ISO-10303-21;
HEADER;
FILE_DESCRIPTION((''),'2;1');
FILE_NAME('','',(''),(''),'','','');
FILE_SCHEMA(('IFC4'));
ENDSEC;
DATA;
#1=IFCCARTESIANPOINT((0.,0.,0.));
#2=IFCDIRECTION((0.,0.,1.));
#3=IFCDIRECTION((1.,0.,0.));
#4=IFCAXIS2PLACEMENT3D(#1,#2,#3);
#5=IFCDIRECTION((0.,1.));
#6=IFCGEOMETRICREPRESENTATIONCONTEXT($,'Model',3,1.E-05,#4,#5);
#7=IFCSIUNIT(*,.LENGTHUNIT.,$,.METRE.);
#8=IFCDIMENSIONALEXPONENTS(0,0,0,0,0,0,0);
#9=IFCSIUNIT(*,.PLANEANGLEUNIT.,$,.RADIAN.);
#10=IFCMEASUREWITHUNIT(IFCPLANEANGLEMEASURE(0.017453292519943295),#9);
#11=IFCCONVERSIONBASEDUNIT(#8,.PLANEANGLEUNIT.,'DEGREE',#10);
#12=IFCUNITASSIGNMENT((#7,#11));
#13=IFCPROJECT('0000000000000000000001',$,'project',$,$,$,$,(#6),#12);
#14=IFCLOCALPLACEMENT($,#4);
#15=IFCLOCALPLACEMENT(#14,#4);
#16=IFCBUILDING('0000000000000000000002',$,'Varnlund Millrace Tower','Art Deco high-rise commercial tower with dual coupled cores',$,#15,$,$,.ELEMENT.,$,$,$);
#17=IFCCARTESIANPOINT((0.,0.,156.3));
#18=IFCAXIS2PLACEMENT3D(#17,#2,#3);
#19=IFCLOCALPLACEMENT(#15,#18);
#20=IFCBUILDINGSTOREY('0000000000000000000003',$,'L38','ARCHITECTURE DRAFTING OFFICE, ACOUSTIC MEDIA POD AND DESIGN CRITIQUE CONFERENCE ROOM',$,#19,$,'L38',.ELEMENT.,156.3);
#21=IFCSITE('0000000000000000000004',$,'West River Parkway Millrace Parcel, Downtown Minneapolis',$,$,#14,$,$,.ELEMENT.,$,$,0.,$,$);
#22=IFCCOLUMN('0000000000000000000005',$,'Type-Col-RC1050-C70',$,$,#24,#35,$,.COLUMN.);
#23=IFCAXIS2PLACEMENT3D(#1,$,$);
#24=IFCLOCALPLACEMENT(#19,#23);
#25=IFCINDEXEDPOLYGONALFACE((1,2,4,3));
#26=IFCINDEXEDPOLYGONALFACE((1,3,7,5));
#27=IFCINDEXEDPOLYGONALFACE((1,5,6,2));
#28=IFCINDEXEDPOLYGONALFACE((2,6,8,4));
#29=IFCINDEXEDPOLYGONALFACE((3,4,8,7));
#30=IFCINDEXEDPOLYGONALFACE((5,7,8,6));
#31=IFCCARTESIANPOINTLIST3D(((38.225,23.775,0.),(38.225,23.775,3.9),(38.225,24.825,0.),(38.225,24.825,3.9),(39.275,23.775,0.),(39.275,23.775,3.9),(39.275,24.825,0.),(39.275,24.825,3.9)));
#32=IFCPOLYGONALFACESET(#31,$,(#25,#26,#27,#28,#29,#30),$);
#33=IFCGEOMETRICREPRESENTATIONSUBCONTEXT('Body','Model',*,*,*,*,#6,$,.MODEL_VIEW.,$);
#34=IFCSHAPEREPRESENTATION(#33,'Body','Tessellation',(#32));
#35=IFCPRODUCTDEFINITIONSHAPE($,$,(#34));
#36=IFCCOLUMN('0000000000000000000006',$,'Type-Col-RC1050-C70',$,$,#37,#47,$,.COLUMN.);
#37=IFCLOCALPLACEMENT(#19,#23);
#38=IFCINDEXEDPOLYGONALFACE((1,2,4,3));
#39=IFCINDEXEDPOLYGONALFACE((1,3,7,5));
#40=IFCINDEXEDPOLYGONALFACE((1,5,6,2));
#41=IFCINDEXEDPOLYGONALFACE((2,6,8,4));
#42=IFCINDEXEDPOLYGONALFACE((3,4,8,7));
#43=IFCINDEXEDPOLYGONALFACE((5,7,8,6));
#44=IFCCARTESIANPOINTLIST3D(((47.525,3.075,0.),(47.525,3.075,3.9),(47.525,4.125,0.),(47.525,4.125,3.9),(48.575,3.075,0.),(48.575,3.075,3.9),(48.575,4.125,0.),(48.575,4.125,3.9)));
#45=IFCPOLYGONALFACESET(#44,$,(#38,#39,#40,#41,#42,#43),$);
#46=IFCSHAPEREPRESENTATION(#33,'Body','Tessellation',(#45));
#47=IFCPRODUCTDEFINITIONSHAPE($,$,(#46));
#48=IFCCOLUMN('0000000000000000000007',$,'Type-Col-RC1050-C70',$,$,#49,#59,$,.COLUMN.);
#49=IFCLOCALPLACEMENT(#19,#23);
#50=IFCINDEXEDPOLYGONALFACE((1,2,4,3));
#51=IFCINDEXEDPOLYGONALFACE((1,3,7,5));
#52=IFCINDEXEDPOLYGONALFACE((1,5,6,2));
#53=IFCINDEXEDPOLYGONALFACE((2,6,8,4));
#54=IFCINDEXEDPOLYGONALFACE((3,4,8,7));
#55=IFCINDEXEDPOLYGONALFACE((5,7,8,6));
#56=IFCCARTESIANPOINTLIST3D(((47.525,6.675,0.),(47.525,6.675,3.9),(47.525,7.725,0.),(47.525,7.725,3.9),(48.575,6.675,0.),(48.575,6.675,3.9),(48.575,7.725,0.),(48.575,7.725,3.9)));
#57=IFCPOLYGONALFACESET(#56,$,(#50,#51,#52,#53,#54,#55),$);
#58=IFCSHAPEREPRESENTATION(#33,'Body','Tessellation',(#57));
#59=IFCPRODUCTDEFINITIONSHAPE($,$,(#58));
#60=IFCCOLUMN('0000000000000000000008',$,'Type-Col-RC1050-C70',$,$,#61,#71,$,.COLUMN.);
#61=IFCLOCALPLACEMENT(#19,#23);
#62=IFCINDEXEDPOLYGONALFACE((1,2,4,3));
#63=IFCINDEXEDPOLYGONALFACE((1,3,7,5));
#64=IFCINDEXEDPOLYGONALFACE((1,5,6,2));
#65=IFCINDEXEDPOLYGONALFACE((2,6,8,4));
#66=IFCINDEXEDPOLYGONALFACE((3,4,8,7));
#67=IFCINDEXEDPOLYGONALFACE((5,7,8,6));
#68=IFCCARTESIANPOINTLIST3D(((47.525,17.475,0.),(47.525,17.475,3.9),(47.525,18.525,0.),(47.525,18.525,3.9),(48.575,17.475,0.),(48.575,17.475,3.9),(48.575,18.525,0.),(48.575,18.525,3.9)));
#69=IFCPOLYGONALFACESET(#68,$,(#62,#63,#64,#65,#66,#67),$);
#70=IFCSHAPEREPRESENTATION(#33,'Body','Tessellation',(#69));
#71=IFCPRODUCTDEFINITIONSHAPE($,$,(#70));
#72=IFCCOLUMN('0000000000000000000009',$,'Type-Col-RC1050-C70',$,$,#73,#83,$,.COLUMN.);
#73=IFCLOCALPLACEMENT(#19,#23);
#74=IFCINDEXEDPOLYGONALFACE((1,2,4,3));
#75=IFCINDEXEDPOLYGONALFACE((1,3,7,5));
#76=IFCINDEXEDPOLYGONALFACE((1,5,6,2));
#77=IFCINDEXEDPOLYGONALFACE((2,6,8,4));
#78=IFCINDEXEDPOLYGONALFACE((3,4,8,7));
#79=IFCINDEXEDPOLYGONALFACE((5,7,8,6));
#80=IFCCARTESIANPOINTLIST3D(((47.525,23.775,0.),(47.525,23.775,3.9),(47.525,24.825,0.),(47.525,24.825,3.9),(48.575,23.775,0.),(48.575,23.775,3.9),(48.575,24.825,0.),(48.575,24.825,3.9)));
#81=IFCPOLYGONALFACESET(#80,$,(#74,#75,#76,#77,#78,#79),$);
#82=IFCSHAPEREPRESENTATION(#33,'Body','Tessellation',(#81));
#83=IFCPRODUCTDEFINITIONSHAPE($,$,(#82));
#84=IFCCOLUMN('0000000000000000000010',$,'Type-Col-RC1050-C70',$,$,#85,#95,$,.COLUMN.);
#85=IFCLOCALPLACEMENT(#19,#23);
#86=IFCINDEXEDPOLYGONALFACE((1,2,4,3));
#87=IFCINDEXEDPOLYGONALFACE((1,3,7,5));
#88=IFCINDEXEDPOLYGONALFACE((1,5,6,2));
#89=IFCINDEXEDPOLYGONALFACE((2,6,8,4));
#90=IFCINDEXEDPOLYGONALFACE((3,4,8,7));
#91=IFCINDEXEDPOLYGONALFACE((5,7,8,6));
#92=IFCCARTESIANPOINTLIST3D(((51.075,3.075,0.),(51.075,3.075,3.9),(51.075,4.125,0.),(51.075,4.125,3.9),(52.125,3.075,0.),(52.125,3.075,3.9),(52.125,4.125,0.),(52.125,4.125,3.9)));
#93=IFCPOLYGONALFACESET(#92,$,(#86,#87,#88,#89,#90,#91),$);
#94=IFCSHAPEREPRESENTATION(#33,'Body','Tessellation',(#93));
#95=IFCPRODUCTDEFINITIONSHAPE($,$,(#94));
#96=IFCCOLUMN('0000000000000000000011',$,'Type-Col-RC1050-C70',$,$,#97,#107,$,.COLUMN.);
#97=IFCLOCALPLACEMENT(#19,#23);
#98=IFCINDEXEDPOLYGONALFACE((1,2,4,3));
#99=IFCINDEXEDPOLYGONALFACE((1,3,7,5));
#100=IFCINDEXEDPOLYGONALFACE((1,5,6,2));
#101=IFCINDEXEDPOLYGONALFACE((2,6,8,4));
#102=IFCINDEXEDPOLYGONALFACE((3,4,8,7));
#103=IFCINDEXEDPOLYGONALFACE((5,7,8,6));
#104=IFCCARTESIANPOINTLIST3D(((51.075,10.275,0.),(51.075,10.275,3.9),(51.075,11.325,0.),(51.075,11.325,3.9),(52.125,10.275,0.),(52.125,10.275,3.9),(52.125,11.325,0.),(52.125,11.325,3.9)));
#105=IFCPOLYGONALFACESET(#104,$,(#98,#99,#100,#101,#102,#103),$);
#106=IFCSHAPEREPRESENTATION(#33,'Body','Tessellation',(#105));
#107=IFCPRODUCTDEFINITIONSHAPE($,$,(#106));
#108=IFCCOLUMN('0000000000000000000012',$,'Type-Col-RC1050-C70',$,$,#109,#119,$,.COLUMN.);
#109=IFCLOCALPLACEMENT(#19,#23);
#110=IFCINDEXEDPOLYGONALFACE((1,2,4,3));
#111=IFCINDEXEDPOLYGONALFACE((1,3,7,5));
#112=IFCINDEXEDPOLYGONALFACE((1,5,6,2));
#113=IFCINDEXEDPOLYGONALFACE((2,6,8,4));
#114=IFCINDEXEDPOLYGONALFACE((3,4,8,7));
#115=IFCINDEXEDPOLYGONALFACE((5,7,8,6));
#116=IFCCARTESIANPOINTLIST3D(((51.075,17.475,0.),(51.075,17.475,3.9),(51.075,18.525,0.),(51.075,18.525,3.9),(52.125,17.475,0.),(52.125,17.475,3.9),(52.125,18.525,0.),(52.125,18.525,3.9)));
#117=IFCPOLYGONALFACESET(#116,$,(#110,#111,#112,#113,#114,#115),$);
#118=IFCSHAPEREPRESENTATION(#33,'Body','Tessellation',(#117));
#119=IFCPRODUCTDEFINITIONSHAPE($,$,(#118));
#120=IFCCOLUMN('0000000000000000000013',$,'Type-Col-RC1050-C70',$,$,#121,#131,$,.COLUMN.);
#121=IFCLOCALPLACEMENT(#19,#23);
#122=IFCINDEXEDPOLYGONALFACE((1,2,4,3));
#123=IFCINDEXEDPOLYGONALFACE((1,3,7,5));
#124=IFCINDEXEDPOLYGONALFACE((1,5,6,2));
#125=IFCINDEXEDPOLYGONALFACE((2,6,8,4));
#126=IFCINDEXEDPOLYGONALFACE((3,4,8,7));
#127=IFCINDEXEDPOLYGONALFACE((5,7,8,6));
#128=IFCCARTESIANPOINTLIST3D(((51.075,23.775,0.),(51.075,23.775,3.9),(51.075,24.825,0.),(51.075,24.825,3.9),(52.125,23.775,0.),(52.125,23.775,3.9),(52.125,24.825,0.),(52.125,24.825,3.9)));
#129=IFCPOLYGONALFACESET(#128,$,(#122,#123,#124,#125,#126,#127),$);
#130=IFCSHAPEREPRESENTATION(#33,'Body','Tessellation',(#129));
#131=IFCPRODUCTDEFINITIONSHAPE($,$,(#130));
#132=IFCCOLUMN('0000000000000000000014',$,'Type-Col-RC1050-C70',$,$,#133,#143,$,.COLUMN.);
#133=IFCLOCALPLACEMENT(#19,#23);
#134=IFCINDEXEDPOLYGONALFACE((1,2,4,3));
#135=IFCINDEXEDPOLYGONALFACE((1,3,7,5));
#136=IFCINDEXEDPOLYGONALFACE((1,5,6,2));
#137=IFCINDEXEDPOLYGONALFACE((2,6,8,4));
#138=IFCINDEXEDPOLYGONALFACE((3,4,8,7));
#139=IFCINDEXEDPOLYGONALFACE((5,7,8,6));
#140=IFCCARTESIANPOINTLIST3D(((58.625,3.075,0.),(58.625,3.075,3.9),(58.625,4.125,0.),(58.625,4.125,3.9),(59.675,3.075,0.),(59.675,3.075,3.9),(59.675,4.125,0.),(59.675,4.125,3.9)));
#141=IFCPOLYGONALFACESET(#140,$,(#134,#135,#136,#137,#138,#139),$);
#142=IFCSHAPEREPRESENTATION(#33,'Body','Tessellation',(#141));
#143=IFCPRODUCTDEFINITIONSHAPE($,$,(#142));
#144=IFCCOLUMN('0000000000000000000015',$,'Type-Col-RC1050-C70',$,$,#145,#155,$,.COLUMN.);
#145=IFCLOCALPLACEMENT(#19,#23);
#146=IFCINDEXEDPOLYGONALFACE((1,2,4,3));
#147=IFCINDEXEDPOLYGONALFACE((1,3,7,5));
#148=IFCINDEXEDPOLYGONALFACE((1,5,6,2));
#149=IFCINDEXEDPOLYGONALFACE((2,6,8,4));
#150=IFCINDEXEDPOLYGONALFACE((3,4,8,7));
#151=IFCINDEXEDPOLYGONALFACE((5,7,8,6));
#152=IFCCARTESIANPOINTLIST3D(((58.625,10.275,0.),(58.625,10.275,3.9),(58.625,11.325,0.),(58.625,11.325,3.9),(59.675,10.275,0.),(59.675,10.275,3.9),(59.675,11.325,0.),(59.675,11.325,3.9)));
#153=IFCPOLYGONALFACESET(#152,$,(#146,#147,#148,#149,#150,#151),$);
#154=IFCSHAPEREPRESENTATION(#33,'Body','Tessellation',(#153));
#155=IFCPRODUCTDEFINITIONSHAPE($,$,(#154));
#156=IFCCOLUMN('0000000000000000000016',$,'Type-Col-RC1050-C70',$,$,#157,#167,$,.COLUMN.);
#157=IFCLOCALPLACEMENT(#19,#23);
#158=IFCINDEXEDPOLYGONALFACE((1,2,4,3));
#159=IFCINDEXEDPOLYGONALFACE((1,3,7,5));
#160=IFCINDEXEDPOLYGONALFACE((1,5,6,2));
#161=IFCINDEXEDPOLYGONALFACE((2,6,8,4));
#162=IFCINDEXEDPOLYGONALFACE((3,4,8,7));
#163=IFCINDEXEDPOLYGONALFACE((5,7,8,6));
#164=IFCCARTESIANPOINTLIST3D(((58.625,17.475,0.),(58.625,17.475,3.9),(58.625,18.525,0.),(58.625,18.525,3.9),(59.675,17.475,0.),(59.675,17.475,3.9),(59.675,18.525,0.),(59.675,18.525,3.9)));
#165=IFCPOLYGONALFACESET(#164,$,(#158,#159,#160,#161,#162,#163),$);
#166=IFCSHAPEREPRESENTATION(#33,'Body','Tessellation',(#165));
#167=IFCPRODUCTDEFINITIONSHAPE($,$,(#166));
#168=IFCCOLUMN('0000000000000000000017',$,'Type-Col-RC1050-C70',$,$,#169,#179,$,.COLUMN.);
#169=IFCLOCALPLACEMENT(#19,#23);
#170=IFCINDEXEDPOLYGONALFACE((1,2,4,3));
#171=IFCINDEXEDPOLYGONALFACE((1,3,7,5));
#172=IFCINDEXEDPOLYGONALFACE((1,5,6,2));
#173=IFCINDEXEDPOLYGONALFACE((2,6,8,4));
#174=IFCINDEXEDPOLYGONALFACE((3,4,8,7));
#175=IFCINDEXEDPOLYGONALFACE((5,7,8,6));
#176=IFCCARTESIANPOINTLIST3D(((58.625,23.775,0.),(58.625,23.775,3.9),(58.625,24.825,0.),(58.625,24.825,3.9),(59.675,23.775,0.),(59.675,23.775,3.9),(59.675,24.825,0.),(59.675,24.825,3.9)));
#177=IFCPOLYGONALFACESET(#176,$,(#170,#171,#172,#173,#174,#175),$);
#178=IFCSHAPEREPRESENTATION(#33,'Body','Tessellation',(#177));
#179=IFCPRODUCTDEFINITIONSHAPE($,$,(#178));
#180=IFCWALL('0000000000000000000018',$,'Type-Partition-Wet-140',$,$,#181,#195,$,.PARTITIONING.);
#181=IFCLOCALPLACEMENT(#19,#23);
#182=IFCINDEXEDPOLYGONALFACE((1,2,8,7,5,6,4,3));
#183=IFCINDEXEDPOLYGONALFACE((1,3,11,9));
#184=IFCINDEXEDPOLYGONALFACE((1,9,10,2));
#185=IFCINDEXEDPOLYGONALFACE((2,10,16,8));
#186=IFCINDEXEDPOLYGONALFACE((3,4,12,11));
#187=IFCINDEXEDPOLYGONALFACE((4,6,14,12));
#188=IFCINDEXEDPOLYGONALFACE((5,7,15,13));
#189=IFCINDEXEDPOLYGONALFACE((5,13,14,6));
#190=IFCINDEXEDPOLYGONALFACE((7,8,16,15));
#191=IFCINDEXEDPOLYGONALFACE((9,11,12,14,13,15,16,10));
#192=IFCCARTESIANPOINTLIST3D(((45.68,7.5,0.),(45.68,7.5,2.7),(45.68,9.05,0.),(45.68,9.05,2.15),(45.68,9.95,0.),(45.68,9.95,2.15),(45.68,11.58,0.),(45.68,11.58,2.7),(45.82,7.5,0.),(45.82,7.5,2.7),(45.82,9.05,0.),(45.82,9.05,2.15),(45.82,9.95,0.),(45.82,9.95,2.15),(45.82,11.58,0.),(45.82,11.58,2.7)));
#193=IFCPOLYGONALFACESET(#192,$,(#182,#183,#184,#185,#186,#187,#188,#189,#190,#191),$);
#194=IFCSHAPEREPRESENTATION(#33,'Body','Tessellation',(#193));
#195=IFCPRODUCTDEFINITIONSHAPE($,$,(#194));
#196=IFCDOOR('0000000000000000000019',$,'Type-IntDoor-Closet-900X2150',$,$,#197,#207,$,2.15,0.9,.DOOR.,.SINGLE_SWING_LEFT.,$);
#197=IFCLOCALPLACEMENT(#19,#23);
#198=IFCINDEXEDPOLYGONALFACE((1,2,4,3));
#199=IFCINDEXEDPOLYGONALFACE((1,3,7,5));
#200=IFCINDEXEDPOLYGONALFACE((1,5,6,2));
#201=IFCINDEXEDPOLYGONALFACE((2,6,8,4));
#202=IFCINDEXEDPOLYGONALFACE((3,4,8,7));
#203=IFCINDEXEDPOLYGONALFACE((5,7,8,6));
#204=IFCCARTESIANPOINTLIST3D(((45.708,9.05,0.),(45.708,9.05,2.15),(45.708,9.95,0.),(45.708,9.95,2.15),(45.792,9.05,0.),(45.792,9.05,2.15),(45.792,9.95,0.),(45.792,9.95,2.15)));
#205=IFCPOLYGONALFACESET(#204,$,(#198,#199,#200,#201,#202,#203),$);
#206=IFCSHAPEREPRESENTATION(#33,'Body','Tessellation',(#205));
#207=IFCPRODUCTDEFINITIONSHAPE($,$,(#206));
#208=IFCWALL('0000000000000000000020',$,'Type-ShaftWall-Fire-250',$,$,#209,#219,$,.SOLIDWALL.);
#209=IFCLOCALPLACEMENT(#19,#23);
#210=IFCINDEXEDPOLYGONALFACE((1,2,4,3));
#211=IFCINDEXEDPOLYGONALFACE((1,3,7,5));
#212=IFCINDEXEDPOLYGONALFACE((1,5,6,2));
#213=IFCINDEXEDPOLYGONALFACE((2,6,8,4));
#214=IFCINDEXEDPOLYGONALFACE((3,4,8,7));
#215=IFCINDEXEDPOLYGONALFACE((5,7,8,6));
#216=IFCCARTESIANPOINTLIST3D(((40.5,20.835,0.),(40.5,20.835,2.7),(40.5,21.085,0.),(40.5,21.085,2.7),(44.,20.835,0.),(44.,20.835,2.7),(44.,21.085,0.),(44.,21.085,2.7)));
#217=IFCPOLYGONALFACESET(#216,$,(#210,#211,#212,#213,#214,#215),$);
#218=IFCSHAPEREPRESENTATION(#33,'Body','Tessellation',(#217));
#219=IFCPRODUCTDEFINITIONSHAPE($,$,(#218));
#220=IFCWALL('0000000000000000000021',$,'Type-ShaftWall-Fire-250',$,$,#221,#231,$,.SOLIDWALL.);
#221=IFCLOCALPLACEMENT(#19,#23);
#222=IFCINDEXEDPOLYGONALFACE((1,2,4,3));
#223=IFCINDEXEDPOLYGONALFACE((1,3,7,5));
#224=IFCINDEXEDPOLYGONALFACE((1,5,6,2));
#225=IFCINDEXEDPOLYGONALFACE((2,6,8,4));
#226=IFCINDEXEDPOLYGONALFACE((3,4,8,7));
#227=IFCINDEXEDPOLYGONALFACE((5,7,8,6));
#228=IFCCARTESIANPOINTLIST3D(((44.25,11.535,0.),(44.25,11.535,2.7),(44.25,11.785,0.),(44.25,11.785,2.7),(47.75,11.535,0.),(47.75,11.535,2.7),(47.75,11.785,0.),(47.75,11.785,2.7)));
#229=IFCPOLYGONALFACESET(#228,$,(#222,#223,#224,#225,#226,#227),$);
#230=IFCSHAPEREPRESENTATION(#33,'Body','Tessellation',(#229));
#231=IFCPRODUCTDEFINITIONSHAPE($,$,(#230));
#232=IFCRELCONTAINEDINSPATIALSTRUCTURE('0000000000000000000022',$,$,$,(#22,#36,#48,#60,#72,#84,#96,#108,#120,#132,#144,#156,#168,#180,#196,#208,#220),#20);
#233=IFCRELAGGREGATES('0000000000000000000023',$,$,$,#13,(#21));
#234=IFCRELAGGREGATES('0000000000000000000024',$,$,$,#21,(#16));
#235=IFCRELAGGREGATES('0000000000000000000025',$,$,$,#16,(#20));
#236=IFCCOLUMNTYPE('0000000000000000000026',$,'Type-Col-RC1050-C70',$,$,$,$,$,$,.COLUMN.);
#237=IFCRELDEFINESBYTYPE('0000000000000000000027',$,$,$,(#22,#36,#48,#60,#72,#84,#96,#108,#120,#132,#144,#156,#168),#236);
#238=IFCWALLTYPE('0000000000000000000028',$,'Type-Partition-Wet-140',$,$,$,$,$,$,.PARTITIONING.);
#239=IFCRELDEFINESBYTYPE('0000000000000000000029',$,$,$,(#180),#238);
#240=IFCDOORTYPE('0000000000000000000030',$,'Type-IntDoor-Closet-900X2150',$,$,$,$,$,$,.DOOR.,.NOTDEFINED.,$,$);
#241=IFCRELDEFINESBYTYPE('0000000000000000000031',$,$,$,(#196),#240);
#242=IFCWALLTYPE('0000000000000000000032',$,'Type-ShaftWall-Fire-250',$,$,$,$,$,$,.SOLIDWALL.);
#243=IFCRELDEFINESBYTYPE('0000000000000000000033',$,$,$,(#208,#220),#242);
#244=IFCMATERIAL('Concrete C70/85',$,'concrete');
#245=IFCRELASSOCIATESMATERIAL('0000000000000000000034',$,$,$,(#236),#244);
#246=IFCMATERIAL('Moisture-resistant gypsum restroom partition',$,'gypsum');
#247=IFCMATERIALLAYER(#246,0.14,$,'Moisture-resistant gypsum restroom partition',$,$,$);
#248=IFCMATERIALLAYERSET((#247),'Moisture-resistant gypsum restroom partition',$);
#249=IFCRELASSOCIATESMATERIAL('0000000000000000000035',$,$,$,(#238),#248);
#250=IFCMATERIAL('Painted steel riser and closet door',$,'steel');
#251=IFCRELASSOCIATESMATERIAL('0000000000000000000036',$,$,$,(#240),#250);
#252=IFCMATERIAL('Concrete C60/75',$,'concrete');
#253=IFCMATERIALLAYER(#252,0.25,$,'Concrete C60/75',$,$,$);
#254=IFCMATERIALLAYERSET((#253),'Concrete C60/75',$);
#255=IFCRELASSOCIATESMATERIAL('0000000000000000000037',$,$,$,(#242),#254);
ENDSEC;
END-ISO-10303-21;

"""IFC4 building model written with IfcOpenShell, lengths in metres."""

from ifc_helpers import new_model, entity, si_unit, converted_unit, direction, frame, origin_with_axes, origin_2d_with_axis, place, context, subcontext, project, spatial, polyline, rectangle, outline, extrude, material, layer, layer_set, material_profile, profile_set, type_object, element, fill, save


model = new_model("IFC4")

# Units and contexts
model_context = context("Model", 3, precision=1e-05, world=origin_with_axes(), true_north=direction((0.0, 1.0)))
body_context = subcontext(model_context, "Body", "Model", "MODEL_VIEW")
ifc_project = project(units=[si_unit("LENGTHUNIT", "METRE"), converted_unit("PLANEANGLEUNIT", "DEGREE", entity("IfcPlaneAngleMeasure", 0.017453292519943295), si_unit("PLANEANGLEUNIT", "RADIAN"), dimensions=[0, 0, 0, 0, 0, 0, 0])], contexts=[model_context])

# Site, building, storey
site_placement = place(None, origin_with_axes())
site = spatial("IfcSite", under=ifc_project, at=site_placement, Name="West River Parkway Millrace Parcel, Downtown Minneapolis", CompositionType="ELEMENT", RefElevation=0.0)
building_placement = place(site_placement, origin_with_axes())
building = spatial("IfcBuilding", under=site, at=building_placement, Name="Varnlund Millrace Tower", Description="Art Deco high-rise commercial tower with dual coupled cores", CompositionType="ELEMENT")
storey_placement = place(building_placement, frame((0.0, 0.0, 156.3), z_axis=(0.0, 0.0, 1.0), x_axis=(1.0, 0.0, 0.0)))
storey = spatial("IfcBuildingStorey", under=building, at=storey_placement, Name="L38", Description="ARCHITECTURE DRAFTING OFFICE, ACOUSTIC MEDIA POD AND DESIGN CRITIQUE CONFERENCE ROOM", LongName="L38", CompositionType="ELEMENT", Elevation=156.3)

# Columns
ifc_material_1 = material(Name="Concrete C70/85", Category="concrete")
ifc_material_profile = material_profile(ifc_material_1, rectangle(XDim=1.05, YDim=1.05, at=origin_2d_with_axis()), Name="Concrete C70/85")
ifc_profile_set = profile_set([ifc_material_profile], Name="Concrete C70/85")
column_type = type_object("IfcColumnType", Name="Type-Col-RC1050-C70", PredefinedType="COLUMN", material=ifc_profile_set)
for number, where, z_axis, x_axis, name in (
    (1, (38.75, 24.3, 0.0), (0.0, 0.0, 1.0), (1.0, 0.0, 0.0), "Type-Col-RC1050-C70"),
    (2, (48.05, 3.6, 0.0), (0.0, 0.0, 1.0), (1.0, 0.0, 0.0), "Type-Col-RC1050-C70"),
    (3, (48.05, 7.2, 0.0), (0.0, 0.0, 1.0), (1.0, 0.0, 0.0), "Type-Col-RC1050-C70"),
    (4, (48.05, 18.0, 0.0), (0.0, 0.0, 1.0), (1.0, 0.0, 0.0), "Type-Col-RC1050-C70"),
    (5, (48.05, 24.3, 0.0), (0.0, 0.0, 1.0), (1.0, 0.0, 0.0), "Type-Col-RC1050-C70"),
    (6, (51.6, 3.6, 0.0), (0.0, 0.0, 1.0), (1.0, 0.0, 0.0), "Type-Col-RC1050-C70"),
    (7, (51.6, 10.8, 0.0), (0.0, 0.0, 1.0), (1.0, 0.0, 0.0), "Type-Col-RC1050-C70"),
    (8, (51.6, 18.0, 0.0), (0.0, 0.0, 1.0), (1.0, 0.0, 0.0), "Type-Col-RC1050-C70"),
    (9, (51.6, 24.3, 0.0), (0.0, 0.0, 1.0), (1.0, 0.0, 0.0), "Type-Col-RC1050-C70"),
    (10, (59.15, 3.6, 0.0), (0.0, 0.0, 1.0), (1.0, 0.0, 0.0), "Type-Col-RC1050-C70"),
    (11, (59.15, 10.8, 0.0), (0.0, 0.0, 1.0), (1.0, 0.0, 0.0), "Type-Col-RC1050-C70"),
    (12, (59.15, 18.0, 0.0), (0.0, 0.0, 1.0), (1.0, 0.0, 0.0), "Type-Col-RC1050-C70"),
    (13, (59.15, 24.3, 0.0), (0.0, 0.0, 1.0), (1.0, 0.0, 0.0), "Type-Col-RC1050-C70"),
):
    element("IfcColumn", number, at=place(storey_placement, frame(where, z_axis=z_axis, x_axis=x_axis)), inside=storey, type_object=column_type, Name=name, PredefinedType="COLUMN", context=body_context, shape_type="SweptSolid", body=[
        extrude(rectangle(XDim=1.05, YDim=1.05, at=origin_2d_with_axis()), origin_with_axes(), (0.0, 0.0, 1.0), 3.9),
    ])

# Wall, opening, door
ifc_material_2 = material(Name="Moisture-resistant gypsum restroom partition", Category="gypsum")
ifc_layer_1 = layer(ifc_material_2, 0.14, Name="Moisture-resistant gypsum restroom partition")
ifc_layer_set_1 = layer_set([ifc_layer_1], Name="Moisture-resistant gypsum restroom partition")
wall_type_1 = type_object("IfcWallType", Name="Type-Partition-Wet-140", PredefinedType="PARTITIONING", material=ifc_layer_set_1)
wall_placement = place(storey_placement, frame((45.75, 7.5, 0.0), z_axis=(0.0, 0.0, 1.0), x_axis=(0.0, 1.0, 0.0)))
wall = element("IfcWall", 14, at=wall_placement, inside=storey, type_object=wall_type_1, Name="Type-Partition-Wet-140", PredefinedType="PARTITIONING", context=body_context, shape_type="SweptSolid", body=[
    extrude(outline(polyline([(0.0, -0.07), (4.08, -0.07), (4.08, 0.07), (0.0, 0.07), (0.0, -0.07)])), origin_with_axes(), (0.0, 0.0, 1.0), 2.7),
])
opening_placement = place(wall_placement, frame((2.0, 0.0, 0.0), z_axis=(0.0, 0.0, 1.0), x_axis=(1.0, 0.0, 0.0)))
opening = element("IfcOpeningElement", 15, at=opening_placement, cuts=wall, PredefinedType="OPENING", context=body_context, shape_type="SweptSolid", body=[
    extrude(rectangle(XDim=0.9, YDim=0.16, at=origin_2d_with_axis()), origin_with_axes(), (0.0, 0.0, 1.0), 2.15),
])
ifc_material_3 = material(Name="Painted steel riser and closet door", Category="steel")
door_type = type_object("IfcDoorType", Name="Type-IntDoor-Closet-900X2150", OperationType="NOTDEFINED", PredefinedType="DOOR", material=ifc_material_3)
door_placement = place(wall_placement, frame((2.0, 0.0, 0.0), z_axis=(0.0, 0.0, 1.0), x_axis=(1.0, 0.0, 0.0)))
door = element("IfcDoor", 16, at=door_placement, inside=storey, type_object=door_type, Name="Type-IntDoor-Closet-900X2150", OperationType="SINGLE_SWING_LEFT", OverallHeight=2.15, OverallWidth=0.9, PredefinedType="DOOR", context=body_context, shape_type="SweptSolid", body=[
    extrude(rectangle(XDim=0.9, YDim=0.084, at=origin_2d_with_axis()), origin_with_axes(), (0.0, 0.0, 1.0), 2.15),
])
fill(opening, door)

# Walls
ifc_material_4 = material(Name="Concrete C60/75", Category="concrete")
ifc_layer_2 = layer(ifc_material_4, 0.25, Name="Concrete C60/75")
ifc_layer_set_2 = layer_set([ifc_layer_2], Name="Concrete C60/75")
wall_type_2 = type_object("IfcWallType", Name="Type-ShaftWall-Fire-250", PredefinedType="SOLIDWALL", material=ifc_layer_set_2)
for number, where, z_axis, x_axis, name in (
    (17, (40.5, 20.96, 0.0), (0.0, 0.0, 1.0), (1.0, 0.0, 0.0), "Type-ShaftWall-Fire-250"),
    (18, (44.25, 11.66, 0.0), (0.0, 0.0, 1.0), (1.0, 0.0, 0.0), "Type-ShaftWall-Fire-250"),
):
    element("IfcWall", number, at=place(storey_placement, frame(where, z_axis=z_axis, x_axis=x_axis)), inside=storey, type_object=wall_type_2, Name=name, PredefinedType="SOLIDWALL", context=body_context, shape_type="SweptSolid", body=[
        extrude(outline(polyline([(0.0, -0.125), (3.5, -0.125), (3.5, 0.125), (0.0, 0.125), (0.0, -0.125)])), origin_with_axes(), (0.0, 0.0, 1.0), 2.7),
    ])

save(model, "model.ifc")
